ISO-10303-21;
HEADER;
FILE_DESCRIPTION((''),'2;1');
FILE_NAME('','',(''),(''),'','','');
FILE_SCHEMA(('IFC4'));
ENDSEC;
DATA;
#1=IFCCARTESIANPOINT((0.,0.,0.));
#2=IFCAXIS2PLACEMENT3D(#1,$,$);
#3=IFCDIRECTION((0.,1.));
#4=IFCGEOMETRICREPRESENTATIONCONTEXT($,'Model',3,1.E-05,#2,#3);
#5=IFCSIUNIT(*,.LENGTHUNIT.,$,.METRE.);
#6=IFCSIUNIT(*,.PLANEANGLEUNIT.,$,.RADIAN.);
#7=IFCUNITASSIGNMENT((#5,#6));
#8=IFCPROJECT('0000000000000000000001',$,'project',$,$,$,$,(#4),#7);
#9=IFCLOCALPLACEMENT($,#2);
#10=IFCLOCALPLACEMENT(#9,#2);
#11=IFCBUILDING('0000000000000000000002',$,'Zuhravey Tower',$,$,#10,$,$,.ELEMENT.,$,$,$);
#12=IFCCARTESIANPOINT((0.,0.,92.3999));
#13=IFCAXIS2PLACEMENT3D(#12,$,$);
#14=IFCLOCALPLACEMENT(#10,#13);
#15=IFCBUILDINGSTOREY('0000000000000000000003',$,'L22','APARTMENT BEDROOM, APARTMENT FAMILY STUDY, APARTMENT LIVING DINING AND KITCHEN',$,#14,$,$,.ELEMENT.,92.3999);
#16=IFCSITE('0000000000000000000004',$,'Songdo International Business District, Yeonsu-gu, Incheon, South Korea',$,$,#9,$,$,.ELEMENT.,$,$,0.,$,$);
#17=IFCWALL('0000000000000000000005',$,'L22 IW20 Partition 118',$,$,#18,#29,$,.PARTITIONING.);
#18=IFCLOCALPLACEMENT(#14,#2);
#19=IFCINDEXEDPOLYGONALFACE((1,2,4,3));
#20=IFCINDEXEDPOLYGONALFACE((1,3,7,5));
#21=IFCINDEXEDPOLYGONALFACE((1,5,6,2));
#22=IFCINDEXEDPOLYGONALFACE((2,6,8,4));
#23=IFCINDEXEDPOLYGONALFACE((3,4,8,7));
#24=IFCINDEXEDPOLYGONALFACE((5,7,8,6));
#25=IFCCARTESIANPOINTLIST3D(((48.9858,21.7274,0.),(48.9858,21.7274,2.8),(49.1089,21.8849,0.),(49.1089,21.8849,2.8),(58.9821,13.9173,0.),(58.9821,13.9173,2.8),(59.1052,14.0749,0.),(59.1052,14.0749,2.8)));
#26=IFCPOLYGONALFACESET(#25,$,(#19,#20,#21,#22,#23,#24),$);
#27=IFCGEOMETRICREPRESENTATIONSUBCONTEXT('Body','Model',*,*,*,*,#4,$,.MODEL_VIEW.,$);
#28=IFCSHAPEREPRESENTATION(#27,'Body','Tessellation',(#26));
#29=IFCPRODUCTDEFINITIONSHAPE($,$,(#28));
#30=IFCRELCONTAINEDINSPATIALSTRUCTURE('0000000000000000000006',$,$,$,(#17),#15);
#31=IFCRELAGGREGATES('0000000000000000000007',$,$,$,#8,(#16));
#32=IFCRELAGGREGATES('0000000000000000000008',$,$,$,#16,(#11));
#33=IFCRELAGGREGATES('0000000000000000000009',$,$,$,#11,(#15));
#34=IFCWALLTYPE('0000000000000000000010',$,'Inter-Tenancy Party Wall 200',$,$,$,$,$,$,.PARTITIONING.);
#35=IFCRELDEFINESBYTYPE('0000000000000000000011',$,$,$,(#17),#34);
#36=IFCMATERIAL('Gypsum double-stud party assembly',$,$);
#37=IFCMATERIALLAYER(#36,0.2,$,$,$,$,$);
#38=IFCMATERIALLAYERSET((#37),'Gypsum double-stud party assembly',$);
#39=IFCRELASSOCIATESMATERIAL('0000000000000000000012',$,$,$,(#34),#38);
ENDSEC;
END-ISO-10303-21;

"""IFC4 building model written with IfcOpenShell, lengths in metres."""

from ifc_helpers import new_model, si_unit, direction, frame, frame_2d, origin, place, context, subcontext, project, spatial, rectangle, extrude, material, layer, layer_set, type_object, element, save


model = new_model("IFC4")

# Units and contexts
model_context = context("Model", 3, precision=1e-05, world=origin(), true_north=direction((0.0, 1.0)))
body_context = subcontext(model_context, "Body", "Model", "MODEL_VIEW")
ifc_project = project(units=[si_unit("LENGTHUNIT", "METRE"), si_unit("PLANEANGLEUNIT", "RADIAN")], contexts=[model_context])

# Site, building, storey
site_placement = place(None, origin())
site = spatial("IfcSite", under=ifc_project, at=site_placement, Name="Songdo International Business District, Yeonsu-gu, Incheon, South Korea", CompositionType="ELEMENT", RefElevation=0.0)
building_placement = place(site_placement, origin())
building = spatial("IfcBuilding", under=site, at=building_placement, Name="Zuhravey Tower", CompositionType="ELEMENT")
storey_placement = place(building_placement, frame((0.0, 0.0, 92.3999)))
storey = spatial("IfcBuildingStorey", under=building, at=storey_placement, Name="L22", Description="APARTMENT BEDROOM, APARTMENT FAMILY STUDY, APARTMENT LIVING DINING AND KITCHEN", CompositionType="ELEMENT", Elevation=92.3999)

# Wall
ifc_material_1 = material(Name="Gypsum double-stud party assembly")
ifc_layer_1 = layer(ifc_material_1, 0.2)
ifc_layer_set_1 = layer_set([ifc_layer_1], Name="Gypsum double-stud party assembly")
wall_type_1 = type_object("IfcWallType", Name="Inter-Tenancy Party Wall 200", PredefinedType="PARTITIONING", material=ifc_layer_set_1)
wall_1_placement = place(storey_placement, frame((49.0474, 21.8062, 0.0), z_axis=(0.0, 0.0, 1.0), x_axis=(0.788008, -0.615665, 0.0)))
element("IfcWall", 1, at=wall_1_placement, inside=storey, type_object=wall_type_1, Name="L22 IW20 Partition 118", PredefinedType="PARTITIONING", context=body_context, shape_type="SweptSolid", body=[
    extrude(rectangle(XDim=12.6855, YDim=0.2, at=frame_2d((6.3428, 0.0))), origin(), (0.0, 0.0, 1.0), 2.8),
])

save(model, "model.ifc")
